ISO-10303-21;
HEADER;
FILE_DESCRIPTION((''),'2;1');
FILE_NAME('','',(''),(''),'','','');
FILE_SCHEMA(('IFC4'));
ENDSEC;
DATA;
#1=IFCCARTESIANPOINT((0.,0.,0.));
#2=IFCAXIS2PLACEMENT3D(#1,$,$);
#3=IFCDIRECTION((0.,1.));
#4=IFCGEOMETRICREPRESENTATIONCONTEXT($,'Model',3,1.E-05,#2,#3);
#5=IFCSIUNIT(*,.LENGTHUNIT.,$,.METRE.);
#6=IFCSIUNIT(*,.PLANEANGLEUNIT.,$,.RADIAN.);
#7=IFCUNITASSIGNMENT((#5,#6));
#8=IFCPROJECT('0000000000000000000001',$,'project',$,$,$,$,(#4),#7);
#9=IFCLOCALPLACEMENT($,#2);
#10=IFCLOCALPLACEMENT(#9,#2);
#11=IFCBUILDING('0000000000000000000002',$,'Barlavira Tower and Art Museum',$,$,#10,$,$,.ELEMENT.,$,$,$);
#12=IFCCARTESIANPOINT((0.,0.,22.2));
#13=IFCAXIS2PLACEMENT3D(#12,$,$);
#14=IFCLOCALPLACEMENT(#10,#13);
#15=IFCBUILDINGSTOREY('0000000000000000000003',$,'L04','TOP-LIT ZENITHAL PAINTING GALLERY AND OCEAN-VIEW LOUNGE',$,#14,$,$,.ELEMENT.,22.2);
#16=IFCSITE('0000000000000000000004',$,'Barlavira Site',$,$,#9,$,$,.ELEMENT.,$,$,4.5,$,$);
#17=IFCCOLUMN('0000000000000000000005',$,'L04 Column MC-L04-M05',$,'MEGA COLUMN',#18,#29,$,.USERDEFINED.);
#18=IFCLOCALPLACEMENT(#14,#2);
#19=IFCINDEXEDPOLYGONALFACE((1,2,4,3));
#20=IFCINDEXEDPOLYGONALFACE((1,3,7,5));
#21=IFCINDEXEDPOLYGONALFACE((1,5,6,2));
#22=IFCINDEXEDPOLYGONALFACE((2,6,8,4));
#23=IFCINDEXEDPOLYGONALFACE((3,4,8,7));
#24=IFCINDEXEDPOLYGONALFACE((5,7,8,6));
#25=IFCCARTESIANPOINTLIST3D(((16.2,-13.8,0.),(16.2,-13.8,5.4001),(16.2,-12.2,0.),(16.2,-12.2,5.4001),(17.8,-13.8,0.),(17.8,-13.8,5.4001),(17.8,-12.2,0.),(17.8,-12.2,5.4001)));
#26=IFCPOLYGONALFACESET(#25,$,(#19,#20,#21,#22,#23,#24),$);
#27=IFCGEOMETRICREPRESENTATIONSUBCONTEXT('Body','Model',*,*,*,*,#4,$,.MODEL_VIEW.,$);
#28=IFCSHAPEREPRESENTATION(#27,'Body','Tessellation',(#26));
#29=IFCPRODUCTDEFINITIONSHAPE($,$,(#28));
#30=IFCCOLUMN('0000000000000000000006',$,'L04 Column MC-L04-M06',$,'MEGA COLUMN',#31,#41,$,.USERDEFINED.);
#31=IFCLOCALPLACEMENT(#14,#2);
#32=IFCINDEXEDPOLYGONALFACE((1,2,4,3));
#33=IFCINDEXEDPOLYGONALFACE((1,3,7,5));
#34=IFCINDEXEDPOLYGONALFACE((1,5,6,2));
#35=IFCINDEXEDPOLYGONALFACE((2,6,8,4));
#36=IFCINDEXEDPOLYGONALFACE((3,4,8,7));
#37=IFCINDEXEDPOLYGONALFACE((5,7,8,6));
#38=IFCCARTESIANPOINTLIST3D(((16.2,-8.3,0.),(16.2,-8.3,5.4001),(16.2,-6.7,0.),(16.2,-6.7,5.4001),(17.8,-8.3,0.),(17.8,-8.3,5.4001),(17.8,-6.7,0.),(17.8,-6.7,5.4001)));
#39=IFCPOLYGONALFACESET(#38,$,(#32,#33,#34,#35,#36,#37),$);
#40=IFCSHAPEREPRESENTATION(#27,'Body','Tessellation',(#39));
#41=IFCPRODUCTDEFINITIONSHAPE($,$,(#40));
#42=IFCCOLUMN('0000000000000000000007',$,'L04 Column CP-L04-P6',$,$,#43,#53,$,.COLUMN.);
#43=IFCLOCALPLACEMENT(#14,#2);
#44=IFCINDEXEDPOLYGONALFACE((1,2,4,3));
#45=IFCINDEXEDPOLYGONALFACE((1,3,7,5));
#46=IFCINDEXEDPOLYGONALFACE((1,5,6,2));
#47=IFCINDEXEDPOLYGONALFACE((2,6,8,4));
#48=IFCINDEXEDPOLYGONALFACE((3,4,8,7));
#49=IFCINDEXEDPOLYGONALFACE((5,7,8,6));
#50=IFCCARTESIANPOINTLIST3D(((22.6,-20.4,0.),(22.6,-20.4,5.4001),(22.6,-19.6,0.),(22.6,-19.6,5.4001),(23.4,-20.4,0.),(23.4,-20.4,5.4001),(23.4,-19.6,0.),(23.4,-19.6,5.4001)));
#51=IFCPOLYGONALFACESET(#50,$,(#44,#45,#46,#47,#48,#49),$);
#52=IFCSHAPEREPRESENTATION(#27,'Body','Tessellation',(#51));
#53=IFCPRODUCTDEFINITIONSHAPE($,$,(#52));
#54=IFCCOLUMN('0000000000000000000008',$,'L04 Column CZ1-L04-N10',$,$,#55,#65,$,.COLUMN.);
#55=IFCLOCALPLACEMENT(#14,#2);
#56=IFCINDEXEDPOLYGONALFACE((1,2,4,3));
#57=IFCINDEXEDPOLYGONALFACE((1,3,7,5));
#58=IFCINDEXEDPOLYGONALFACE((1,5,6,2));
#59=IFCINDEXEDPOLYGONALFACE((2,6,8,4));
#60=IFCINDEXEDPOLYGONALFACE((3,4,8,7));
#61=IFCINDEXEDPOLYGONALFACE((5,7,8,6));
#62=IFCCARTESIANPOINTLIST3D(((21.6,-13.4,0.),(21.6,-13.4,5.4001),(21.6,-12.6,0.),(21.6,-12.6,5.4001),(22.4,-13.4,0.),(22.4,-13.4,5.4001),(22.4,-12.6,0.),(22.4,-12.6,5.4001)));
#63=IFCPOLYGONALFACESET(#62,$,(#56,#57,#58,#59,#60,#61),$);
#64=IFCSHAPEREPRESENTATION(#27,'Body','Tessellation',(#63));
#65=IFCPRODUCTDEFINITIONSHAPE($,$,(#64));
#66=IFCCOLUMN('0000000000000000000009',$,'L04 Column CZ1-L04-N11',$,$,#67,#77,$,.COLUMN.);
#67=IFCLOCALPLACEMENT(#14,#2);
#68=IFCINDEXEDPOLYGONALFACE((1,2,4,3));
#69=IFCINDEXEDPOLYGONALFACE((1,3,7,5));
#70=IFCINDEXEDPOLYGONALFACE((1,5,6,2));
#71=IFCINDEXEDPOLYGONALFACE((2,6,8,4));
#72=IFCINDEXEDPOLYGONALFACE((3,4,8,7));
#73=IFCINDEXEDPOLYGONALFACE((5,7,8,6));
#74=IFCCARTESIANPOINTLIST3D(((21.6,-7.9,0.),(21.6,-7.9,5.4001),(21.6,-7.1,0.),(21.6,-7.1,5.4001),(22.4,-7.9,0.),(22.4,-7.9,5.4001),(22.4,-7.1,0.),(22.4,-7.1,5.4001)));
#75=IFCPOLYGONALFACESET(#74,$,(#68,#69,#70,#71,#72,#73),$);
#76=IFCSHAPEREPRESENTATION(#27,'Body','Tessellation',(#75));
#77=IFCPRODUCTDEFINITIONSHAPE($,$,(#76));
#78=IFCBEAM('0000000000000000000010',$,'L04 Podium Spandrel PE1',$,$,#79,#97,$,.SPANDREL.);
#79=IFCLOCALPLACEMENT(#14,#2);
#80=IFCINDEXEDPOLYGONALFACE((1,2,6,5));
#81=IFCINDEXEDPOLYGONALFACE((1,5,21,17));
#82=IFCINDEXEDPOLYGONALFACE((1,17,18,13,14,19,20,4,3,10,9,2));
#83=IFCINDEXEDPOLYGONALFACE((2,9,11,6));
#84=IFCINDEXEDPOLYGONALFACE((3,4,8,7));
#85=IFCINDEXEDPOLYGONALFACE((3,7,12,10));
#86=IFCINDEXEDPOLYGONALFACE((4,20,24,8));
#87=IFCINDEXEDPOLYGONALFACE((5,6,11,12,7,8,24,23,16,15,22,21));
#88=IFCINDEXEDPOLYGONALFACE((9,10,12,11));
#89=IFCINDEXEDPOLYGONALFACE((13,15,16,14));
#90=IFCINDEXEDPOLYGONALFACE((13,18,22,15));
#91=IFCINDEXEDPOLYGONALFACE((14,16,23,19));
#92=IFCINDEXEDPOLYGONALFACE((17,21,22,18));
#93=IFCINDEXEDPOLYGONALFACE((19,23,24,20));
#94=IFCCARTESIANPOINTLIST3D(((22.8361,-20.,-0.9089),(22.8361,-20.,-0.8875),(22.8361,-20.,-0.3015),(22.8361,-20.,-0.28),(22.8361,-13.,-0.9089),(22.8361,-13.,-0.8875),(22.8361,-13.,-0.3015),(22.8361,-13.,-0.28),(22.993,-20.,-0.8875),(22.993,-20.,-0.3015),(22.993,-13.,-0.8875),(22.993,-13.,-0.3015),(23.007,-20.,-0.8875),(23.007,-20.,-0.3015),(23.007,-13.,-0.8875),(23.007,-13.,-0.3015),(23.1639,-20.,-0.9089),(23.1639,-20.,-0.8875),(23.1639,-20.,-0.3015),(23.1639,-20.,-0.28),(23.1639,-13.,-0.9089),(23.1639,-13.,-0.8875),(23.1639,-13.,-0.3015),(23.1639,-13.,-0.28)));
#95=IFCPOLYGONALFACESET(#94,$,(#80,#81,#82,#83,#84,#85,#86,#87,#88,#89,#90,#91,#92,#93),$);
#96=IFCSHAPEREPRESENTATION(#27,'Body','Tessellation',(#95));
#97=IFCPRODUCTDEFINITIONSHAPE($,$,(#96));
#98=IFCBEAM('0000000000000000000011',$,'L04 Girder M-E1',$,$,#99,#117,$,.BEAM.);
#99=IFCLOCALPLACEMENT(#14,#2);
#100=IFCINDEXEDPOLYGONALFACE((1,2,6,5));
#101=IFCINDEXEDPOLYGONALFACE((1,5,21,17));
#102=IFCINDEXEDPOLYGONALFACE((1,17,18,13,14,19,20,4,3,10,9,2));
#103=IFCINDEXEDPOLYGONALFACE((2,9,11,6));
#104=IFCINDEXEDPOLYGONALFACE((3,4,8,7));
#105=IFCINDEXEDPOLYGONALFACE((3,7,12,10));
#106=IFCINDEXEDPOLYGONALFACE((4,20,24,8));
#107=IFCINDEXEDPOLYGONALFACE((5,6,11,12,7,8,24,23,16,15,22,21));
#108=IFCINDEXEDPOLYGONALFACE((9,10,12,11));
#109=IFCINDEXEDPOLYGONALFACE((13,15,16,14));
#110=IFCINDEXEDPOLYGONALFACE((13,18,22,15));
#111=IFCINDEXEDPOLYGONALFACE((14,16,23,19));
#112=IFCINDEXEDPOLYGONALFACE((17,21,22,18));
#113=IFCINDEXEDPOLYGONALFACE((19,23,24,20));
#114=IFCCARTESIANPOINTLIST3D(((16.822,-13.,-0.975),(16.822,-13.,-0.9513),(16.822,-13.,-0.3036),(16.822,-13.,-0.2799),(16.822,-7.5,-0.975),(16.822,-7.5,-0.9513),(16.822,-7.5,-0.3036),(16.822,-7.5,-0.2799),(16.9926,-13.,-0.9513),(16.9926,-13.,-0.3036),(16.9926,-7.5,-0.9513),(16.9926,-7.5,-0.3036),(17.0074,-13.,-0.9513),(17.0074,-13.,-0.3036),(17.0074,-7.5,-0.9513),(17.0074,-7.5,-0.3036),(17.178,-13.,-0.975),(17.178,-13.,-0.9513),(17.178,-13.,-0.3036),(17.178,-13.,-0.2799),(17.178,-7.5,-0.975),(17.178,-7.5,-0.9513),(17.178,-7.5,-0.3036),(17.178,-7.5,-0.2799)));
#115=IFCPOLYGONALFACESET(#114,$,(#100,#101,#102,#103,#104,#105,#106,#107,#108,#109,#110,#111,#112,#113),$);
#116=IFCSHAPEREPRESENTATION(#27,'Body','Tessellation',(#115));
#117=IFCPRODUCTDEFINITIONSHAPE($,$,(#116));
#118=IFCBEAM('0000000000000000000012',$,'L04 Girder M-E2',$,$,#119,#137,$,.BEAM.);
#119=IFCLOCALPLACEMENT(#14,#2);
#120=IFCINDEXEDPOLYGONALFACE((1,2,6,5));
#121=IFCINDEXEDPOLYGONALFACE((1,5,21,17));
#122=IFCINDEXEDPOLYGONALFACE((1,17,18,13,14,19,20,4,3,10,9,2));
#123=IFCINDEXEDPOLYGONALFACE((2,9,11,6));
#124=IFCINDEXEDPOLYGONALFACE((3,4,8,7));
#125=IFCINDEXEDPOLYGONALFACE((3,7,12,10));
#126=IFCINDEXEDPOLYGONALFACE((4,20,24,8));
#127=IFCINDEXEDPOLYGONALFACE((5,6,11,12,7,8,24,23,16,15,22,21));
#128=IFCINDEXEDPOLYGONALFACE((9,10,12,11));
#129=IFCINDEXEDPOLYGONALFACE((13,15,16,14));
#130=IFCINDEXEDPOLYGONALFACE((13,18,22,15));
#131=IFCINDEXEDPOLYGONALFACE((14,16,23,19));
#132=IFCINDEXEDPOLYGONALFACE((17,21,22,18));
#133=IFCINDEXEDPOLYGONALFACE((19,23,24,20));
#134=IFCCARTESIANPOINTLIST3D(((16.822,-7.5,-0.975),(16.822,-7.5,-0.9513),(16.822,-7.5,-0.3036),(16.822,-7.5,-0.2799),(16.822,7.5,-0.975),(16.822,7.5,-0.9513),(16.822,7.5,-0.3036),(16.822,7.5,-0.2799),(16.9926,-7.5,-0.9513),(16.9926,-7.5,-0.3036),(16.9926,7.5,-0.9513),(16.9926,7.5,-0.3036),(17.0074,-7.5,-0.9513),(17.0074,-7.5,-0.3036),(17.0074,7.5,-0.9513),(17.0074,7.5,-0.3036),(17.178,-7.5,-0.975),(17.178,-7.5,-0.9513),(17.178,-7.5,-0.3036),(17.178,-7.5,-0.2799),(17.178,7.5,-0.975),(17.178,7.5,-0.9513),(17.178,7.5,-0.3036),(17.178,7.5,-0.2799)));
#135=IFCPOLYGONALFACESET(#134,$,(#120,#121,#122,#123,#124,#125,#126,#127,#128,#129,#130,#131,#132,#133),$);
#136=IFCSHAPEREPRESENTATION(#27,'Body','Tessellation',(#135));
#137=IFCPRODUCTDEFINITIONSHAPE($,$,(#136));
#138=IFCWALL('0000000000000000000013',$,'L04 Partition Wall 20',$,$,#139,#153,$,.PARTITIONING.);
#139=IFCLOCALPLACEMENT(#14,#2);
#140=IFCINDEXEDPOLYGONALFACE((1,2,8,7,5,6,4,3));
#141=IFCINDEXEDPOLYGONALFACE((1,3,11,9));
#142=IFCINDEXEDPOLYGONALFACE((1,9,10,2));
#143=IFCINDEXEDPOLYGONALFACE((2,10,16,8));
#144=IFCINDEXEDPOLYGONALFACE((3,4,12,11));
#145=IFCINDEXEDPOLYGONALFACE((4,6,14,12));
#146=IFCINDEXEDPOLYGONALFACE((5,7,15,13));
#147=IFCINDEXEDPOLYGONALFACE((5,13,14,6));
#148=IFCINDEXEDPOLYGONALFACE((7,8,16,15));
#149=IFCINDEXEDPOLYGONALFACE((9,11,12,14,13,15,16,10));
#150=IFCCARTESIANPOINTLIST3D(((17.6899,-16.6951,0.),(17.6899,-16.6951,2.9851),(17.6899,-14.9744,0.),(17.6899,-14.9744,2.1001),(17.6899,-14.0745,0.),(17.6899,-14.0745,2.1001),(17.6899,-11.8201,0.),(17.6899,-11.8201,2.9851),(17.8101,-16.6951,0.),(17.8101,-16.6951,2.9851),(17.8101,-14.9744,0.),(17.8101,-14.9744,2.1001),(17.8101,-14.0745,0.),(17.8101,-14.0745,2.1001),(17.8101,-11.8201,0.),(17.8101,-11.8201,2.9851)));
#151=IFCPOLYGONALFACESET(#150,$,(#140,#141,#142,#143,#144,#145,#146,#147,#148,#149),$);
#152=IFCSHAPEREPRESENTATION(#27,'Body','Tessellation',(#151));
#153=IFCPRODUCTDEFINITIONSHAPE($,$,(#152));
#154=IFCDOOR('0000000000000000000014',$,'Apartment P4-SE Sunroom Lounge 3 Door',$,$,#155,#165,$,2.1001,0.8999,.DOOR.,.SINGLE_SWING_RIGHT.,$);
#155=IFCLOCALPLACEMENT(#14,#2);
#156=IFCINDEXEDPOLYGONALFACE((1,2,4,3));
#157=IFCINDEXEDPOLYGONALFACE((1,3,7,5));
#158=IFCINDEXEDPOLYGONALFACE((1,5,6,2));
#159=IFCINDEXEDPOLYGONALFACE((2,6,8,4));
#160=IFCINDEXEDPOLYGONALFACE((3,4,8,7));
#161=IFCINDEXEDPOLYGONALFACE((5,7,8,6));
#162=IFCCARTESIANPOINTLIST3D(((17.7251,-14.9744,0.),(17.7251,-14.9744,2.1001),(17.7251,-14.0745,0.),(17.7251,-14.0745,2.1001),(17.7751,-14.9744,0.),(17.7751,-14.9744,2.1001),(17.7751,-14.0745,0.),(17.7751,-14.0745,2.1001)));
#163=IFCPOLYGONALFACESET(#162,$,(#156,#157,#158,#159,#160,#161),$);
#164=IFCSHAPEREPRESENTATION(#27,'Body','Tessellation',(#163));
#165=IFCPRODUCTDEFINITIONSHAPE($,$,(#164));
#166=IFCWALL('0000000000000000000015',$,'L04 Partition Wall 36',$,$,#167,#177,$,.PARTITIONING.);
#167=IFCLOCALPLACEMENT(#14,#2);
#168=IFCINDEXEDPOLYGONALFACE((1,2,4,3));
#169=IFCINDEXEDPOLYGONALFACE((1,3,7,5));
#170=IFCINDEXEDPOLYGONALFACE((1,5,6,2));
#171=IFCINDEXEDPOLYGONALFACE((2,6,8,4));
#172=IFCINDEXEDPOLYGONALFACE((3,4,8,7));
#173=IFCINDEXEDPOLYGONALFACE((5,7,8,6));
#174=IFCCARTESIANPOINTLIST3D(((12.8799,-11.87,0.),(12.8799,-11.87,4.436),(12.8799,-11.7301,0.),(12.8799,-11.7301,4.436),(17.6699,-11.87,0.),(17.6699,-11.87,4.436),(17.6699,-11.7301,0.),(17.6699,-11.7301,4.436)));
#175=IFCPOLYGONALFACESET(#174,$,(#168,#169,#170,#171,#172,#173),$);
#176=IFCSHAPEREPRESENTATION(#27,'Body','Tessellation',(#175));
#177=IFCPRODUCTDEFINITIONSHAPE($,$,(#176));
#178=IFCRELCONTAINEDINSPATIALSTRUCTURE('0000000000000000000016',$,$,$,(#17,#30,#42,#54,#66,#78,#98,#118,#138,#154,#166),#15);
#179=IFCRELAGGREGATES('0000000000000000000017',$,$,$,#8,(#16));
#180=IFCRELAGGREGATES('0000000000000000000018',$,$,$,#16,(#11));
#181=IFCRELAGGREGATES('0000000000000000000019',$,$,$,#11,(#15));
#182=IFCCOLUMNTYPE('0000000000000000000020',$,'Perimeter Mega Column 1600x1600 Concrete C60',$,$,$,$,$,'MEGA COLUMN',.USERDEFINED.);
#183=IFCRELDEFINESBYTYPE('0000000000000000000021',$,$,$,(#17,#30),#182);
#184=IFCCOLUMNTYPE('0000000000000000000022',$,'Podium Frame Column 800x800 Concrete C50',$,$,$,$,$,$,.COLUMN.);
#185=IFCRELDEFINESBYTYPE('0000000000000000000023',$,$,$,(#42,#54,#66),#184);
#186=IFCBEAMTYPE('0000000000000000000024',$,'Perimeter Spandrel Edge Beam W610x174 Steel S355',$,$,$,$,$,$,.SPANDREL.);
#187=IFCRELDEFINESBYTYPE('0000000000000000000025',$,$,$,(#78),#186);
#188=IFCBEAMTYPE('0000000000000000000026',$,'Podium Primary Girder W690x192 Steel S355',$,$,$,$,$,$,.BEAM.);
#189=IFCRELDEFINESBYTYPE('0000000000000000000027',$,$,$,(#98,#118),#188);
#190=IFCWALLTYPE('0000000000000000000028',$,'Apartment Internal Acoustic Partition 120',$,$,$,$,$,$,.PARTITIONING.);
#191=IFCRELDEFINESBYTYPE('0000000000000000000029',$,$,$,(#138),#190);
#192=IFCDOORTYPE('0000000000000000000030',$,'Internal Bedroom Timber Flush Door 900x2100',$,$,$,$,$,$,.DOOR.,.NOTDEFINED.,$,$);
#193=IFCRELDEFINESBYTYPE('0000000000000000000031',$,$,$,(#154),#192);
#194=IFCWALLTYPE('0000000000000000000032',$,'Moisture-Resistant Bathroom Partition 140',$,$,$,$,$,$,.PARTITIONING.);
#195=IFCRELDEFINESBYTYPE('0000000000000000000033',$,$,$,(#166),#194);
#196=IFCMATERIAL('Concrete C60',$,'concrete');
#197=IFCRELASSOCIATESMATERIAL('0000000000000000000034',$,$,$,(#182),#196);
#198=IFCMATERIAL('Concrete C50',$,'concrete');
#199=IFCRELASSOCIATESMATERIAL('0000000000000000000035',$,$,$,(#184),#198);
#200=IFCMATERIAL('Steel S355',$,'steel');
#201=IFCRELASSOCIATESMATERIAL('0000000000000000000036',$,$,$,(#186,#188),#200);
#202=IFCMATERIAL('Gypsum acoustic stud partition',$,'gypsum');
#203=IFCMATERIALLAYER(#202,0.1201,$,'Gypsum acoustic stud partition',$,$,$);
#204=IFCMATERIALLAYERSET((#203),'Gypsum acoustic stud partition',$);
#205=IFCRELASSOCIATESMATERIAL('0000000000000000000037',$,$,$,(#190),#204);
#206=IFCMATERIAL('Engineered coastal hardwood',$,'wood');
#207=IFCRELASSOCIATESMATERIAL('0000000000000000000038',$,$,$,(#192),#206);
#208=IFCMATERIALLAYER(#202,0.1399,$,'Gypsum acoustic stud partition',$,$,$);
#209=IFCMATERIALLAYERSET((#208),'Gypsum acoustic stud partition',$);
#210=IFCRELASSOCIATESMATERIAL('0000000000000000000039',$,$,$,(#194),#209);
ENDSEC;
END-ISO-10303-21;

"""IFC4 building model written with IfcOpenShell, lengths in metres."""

from ifc_helpers import new_model, si_unit, direction, frame, frame_2d, origin, origin_2d, place, context, subcontext, project, spatial, rectangle, i_section, extrude, material, layer, layer_set, material_profile, profile_set, type_object, element, fill, save


model = new_model("IFC4")

# Units and contexts
model_context = context("Model", 3, precision=1e-05, world=origin(), true_north=direction((0.0, 1.0)))
body_context = subcontext(model_context, "Body", "Model", "MODEL_VIEW")
ifc_project = project(units=[si_unit("LENGTHUNIT", "METRE"), si_unit("PLANEANGLEUNIT", "RADIAN")], contexts=[model_context])

# Site, building, storey
site_placement = place(None, origin())
site = spatial("IfcSite", under=ifc_project, at=site_placement, Name="Barlavira Site", CompositionType="ELEMENT", RefElevation=4.5)
building_placement = place(site_placement, origin())
building = spatial("IfcBuilding", under=site, at=building_placement, Name="Barlavira Tower and Art Museum", CompositionType="ELEMENT")
storey_placement = place(building_placement, frame((0.0, 0.0, 22.2)))
storey = spatial("IfcBuildingStorey", under=building, at=storey_placement, Name="L04", Description="TOP-LIT ZENITHAL PAINTING GALLERY AND OCEAN-VIEW LOUNGE", CompositionType="ELEMENT", Elevation=22.2)

# Columns
ifc_material_1 = material(Name="Concrete C60", Category="concrete")
ifc_material_profile_1 = material_profile(ifc_material_1, rectangle(XDim=1.6001, YDim=1.6001, at=origin_2d()), Name="RC-MCOL 1600x1600")
ifc_profile_set_1 = profile_set([ifc_material_profile_1], Name="Concrete C60")
column_type_1 = type_object("IfcColumnType", Name="Perimeter Mega Column 1600x1600 Concrete C60", ElementType="MEGA COLUMN", PredefinedType="USERDEFINED", material=ifc_profile_set_1)
for number, where, z_axis, x_axis, name in (
    (1, (17.0, -13.0, 0.0), (0.0, 0.0, 1.0), (1.0, 0.0, 0.0), "L04 Column MC-L04-M05"),
    (2, (17.0, -7.5, 0.0), (0.0, 0.0, 1.0), (1.0, 0.0, 0.0), "L04 Column MC-L04-M06"),
):
    element("IfcColumn", number, at=place(storey_placement, frame(where, z_axis=z_axis, x_axis=x_axis)), inside=storey, type_object=column_type_1, Name=name, ObjectType="MEGA COLUMN", PredefinedType="USERDEFINED", context=body_context, shape_type="SweptSolid", body=[
        extrude(rectangle(XDim=1.6001, YDim=1.6001, at=origin_2d()), origin(), (0.0, 0.0, 1.0), 5.4001),
    ])
ifc_material_2 = material(Name="Concrete C50", Category="concrete")
ifc_material_profile_2 = material_profile(ifc_material_2, rectangle(XDim=0.8, YDim=0.8, at=origin_2d()), Name="RC-COL 800x800")
ifc_profile_set_2 = profile_set([ifc_material_profile_2], Name="Concrete C50")
column_type_2 = type_object("IfcColumnType", Name="Podium Frame Column 800x800 Concrete C50", PredefinedType="COLUMN", material=ifc_profile_set_2)
for number, where, z_axis, x_axis, name in (
    (3, (23.0, -20.0, 0.0), (0.0, 0.0, 1.0), (1.0, 0.0, 0.0), "L04 Column CP-L04-P6"),
    (4, (22.0, -13.0, 0.0), (0.0, 0.0, 1.0), (1.0, 0.0, 0.0), "L04 Column CZ1-L04-N10"),
    (5, (22.0, -7.5, 0.0), (0.0, 0.0, 1.0), (1.0, 0.0, 0.0), "L04 Column CZ1-L04-N11"),
):
    element("IfcColumn", number, at=place(storey_placement, frame(where, z_axis=z_axis, x_axis=x_axis)), inside=storey, type_object=column_type_2, Name=name, PredefinedType="COLUMN", context=body_context, shape_type="SweptSolid", body=[
        extrude(rectangle(XDim=0.8, YDim=0.8, at=origin_2d()), origin(), (0.0, 0.0, 1.0), 5.4001),
    ])

# Beams
ifc_material_3 = material(Name="Steel S355", Category="steel")
ifc_material_profile_3 = material_profile(ifc_material_3, i_section(OverallWidth=0.3279, OverallDepth=0.6289, WebThickness=0.0139, FlangeThickness=0.0215, at=origin_2d()), Name="W610x174.0")
ifc_profile_set_3 = profile_set([ifc_material_profile_3], Name="Steel S355")
beam_type_1 = type_object("IfcBeamType", Name="Perimeter Spandrel Edge Beam W610x174 Steel S355", PredefinedType="SPANDREL", material=ifc_profile_set_3)
beam_1_placement = place(storey_placement, frame((23.0, -20.0, -0.5945), z_axis=(0.0, 1.0, 0.0), x_axis=(-1.0, 0.0, 0.0)))
element("IfcBeam", 6, at=beam_1_placement, inside=storey, type_object=beam_type_1, Name="L04 Podium Spandrel PE1", PredefinedType="SPANDREL", context=body_context, shape_type="SweptSolid", body=[
    extrude(i_section(OverallWidth=0.3279, OverallDepth=0.6289, WebThickness=0.0139, FlangeThickness=0.0215, at=origin_2d()), origin(), (0.0, 0.0, 1.0), 7.0),
])
ifc_material_profile_4 = material_profile(ifc_material_3, i_section(OverallWidth=0.356, OverallDepth=0.6951, WebThickness=0.0149, FlangeThickness=0.0237, at=origin_2d()), Name="W690x192.0")
ifc_profile_set_4 = profile_set([ifc_material_profile_4], Name="Steel S355")
beam_type_2 = type_object("IfcBeamType", Name="Podium Primary Girder W690x192 Steel S355", PredefinedType="BEAM", material=ifc_profile_set_4)
beam_2_placement = place(storey_placement, frame((17.0, -13.0, -0.6274), z_axis=(0.0, 1.0, 0.0), x_axis=(-1.0, 0.0, 0.0)))
element("IfcBeam", 7, at=beam_2_placement, inside=storey, type_object=beam_type_2, Name="L04 Girder M-E1", PredefinedType="BEAM", context=body_context, shape_type="SweptSolid", body=[
    extrude(i_section(OverallWidth=0.356, OverallDepth=0.6951, WebThickness=0.0149, FlangeThickness=0.0237, at=origin_2d()), origin(), (0.0, 0.0, 1.0), 5.5),
])
beam_3_placement = place(storey_placement, frame((17.0, -7.5, -0.6274), z_axis=(0.0, 1.0, 0.0), x_axis=(-1.0, 0.0, 0.0)))
element("IfcBeam", 8, at=beam_3_placement, inside=storey, type_object=beam_type_2, Name="L04 Girder M-E2", PredefinedType="BEAM", context=body_context, shape_type="SweptSolid", body=[
    extrude(i_section(OverallWidth=0.356, OverallDepth=0.6951, WebThickness=0.0149, FlangeThickness=0.0237, at=origin_2d()), origin(), (0.0, 0.0, 1.0), 15.0),
])

# Wall, opening, door
ifc_material_4 = material(Name="Gypsum acoustic stud partition", Category="gypsum")
ifc_layer_1 = layer(ifc_material_4, 0.1201, Name="Gypsum acoustic stud partition")
ifc_layer_set_1 = layer_set([ifc_layer_1], Name="Gypsum acoustic stud partition")
wall_type_1 = type_object("IfcWallType", Name="Apartment Internal Acoustic Partition 120", PredefinedType="PARTITIONING", material=ifc_layer_set_1)
wall_1_placement = place(storey_placement, frame((17.75, -16.6951, 0.0), z_axis=(0.0, 0.0, 1.0), x_axis=(0.0, 1.0, 0.0)))
wall_1 = element("IfcWall", 9, at=wall_1_placement, inside=storey, type_object=wall_type_1, Name="L04 Partition Wall 20", PredefinedType="PARTITIONING", context=body_context, shape_type="SweptSolid", body=[
    extrude(rectangle(XDim=4.875, YDim=0.1201, at=frame_2d((2.4375, 0.0))), origin(), (0.0, 0.0, 1.0), 2.9851),
])
opening_1_placement = place(wall_1_placement, frame((1.7207, 0.0, 0.0)))
opening_1 = element("IfcOpeningElement", 10, at=opening_1_placement, cuts=wall_1, PredefinedType="OPENING", context=body_context, shape_type="SweptSolid", body=[
    extrude(rectangle(XDim=0.8999, YDim=2.1001, at=frame_2d((0.45, 1.05))), frame((0.0, 0.0701, 0.0), z_axis=(0.0, -1.0, 0.0), x_axis=(1.0, 0.0, 0.0)), (0.0, 0.0, 1.0), 0.1401),
])
ifc_material_5 = material(Name="Engineered coastal hardwood", Category="wood")
door_type = type_object("IfcDoorType", Name="Internal Bedroom Timber Flush Door 900x2100", OperationType="NOTDEFINED", PredefinedType="DOOR", material=ifc_material_5)
door_placement = place(opening_1_placement, origin())
door = element("IfcDoor", 11, at=door_placement, inside=storey, type_object=door_type, Name="Apartment P4-SE Sunroom Lounge 3 Door", OperationType="SINGLE_SWING_RIGHT", OverallHeight=2.1001, OverallWidth=0.8999, PredefinedType="DOOR", context=body_context, shape_type="SweptSolid", body=[
    extrude(rectangle(XDim=0.8999, YDim=2.1001, at=frame_2d((0.45, 1.05))), frame((0.0, 0.0249, 0.0), z_axis=(0.0, -1.0, 0.0), x_axis=(1.0, 0.0, 0.0)), (0.0, 0.0, 1.0), 0.05),
])
fill(opening_1, door)

# Wall
ifc_layer_2 = layer(ifc_material_4, 0.1399, Name="Gypsum acoustic stud partition")
ifc_layer_set_2 = layer_set([ifc_layer_2], Name="Gypsum acoustic stud partition")
wall_type_2 = type_object("IfcWallType", Name="Moisture-Resistant Bathroom Partition 140", PredefinedType="PARTITIONING", material=ifc_layer_set_2)
wall_2_placement = place(storey_placement, frame((12.8799, -11.8, 0.0), z_axis=(0.0, 0.0, 1.0), x_axis=(1.0, 0.0, 0.0)))
element("IfcWall", 12, at=wall_2_placement, inside=storey, type_object=wall_type_2, Name="L04 Partition Wall 36", PredefinedType="PARTITIONING", context=body_context, shape_type="SweptSolid", body=[
    extrude(rectangle(XDim=4.79, YDim=0.1399, at=frame_2d((2.395, 0.0))), origin(), (0.0, 0.0, 1.0), 4.436),
])

save(model, "model.ifc")
